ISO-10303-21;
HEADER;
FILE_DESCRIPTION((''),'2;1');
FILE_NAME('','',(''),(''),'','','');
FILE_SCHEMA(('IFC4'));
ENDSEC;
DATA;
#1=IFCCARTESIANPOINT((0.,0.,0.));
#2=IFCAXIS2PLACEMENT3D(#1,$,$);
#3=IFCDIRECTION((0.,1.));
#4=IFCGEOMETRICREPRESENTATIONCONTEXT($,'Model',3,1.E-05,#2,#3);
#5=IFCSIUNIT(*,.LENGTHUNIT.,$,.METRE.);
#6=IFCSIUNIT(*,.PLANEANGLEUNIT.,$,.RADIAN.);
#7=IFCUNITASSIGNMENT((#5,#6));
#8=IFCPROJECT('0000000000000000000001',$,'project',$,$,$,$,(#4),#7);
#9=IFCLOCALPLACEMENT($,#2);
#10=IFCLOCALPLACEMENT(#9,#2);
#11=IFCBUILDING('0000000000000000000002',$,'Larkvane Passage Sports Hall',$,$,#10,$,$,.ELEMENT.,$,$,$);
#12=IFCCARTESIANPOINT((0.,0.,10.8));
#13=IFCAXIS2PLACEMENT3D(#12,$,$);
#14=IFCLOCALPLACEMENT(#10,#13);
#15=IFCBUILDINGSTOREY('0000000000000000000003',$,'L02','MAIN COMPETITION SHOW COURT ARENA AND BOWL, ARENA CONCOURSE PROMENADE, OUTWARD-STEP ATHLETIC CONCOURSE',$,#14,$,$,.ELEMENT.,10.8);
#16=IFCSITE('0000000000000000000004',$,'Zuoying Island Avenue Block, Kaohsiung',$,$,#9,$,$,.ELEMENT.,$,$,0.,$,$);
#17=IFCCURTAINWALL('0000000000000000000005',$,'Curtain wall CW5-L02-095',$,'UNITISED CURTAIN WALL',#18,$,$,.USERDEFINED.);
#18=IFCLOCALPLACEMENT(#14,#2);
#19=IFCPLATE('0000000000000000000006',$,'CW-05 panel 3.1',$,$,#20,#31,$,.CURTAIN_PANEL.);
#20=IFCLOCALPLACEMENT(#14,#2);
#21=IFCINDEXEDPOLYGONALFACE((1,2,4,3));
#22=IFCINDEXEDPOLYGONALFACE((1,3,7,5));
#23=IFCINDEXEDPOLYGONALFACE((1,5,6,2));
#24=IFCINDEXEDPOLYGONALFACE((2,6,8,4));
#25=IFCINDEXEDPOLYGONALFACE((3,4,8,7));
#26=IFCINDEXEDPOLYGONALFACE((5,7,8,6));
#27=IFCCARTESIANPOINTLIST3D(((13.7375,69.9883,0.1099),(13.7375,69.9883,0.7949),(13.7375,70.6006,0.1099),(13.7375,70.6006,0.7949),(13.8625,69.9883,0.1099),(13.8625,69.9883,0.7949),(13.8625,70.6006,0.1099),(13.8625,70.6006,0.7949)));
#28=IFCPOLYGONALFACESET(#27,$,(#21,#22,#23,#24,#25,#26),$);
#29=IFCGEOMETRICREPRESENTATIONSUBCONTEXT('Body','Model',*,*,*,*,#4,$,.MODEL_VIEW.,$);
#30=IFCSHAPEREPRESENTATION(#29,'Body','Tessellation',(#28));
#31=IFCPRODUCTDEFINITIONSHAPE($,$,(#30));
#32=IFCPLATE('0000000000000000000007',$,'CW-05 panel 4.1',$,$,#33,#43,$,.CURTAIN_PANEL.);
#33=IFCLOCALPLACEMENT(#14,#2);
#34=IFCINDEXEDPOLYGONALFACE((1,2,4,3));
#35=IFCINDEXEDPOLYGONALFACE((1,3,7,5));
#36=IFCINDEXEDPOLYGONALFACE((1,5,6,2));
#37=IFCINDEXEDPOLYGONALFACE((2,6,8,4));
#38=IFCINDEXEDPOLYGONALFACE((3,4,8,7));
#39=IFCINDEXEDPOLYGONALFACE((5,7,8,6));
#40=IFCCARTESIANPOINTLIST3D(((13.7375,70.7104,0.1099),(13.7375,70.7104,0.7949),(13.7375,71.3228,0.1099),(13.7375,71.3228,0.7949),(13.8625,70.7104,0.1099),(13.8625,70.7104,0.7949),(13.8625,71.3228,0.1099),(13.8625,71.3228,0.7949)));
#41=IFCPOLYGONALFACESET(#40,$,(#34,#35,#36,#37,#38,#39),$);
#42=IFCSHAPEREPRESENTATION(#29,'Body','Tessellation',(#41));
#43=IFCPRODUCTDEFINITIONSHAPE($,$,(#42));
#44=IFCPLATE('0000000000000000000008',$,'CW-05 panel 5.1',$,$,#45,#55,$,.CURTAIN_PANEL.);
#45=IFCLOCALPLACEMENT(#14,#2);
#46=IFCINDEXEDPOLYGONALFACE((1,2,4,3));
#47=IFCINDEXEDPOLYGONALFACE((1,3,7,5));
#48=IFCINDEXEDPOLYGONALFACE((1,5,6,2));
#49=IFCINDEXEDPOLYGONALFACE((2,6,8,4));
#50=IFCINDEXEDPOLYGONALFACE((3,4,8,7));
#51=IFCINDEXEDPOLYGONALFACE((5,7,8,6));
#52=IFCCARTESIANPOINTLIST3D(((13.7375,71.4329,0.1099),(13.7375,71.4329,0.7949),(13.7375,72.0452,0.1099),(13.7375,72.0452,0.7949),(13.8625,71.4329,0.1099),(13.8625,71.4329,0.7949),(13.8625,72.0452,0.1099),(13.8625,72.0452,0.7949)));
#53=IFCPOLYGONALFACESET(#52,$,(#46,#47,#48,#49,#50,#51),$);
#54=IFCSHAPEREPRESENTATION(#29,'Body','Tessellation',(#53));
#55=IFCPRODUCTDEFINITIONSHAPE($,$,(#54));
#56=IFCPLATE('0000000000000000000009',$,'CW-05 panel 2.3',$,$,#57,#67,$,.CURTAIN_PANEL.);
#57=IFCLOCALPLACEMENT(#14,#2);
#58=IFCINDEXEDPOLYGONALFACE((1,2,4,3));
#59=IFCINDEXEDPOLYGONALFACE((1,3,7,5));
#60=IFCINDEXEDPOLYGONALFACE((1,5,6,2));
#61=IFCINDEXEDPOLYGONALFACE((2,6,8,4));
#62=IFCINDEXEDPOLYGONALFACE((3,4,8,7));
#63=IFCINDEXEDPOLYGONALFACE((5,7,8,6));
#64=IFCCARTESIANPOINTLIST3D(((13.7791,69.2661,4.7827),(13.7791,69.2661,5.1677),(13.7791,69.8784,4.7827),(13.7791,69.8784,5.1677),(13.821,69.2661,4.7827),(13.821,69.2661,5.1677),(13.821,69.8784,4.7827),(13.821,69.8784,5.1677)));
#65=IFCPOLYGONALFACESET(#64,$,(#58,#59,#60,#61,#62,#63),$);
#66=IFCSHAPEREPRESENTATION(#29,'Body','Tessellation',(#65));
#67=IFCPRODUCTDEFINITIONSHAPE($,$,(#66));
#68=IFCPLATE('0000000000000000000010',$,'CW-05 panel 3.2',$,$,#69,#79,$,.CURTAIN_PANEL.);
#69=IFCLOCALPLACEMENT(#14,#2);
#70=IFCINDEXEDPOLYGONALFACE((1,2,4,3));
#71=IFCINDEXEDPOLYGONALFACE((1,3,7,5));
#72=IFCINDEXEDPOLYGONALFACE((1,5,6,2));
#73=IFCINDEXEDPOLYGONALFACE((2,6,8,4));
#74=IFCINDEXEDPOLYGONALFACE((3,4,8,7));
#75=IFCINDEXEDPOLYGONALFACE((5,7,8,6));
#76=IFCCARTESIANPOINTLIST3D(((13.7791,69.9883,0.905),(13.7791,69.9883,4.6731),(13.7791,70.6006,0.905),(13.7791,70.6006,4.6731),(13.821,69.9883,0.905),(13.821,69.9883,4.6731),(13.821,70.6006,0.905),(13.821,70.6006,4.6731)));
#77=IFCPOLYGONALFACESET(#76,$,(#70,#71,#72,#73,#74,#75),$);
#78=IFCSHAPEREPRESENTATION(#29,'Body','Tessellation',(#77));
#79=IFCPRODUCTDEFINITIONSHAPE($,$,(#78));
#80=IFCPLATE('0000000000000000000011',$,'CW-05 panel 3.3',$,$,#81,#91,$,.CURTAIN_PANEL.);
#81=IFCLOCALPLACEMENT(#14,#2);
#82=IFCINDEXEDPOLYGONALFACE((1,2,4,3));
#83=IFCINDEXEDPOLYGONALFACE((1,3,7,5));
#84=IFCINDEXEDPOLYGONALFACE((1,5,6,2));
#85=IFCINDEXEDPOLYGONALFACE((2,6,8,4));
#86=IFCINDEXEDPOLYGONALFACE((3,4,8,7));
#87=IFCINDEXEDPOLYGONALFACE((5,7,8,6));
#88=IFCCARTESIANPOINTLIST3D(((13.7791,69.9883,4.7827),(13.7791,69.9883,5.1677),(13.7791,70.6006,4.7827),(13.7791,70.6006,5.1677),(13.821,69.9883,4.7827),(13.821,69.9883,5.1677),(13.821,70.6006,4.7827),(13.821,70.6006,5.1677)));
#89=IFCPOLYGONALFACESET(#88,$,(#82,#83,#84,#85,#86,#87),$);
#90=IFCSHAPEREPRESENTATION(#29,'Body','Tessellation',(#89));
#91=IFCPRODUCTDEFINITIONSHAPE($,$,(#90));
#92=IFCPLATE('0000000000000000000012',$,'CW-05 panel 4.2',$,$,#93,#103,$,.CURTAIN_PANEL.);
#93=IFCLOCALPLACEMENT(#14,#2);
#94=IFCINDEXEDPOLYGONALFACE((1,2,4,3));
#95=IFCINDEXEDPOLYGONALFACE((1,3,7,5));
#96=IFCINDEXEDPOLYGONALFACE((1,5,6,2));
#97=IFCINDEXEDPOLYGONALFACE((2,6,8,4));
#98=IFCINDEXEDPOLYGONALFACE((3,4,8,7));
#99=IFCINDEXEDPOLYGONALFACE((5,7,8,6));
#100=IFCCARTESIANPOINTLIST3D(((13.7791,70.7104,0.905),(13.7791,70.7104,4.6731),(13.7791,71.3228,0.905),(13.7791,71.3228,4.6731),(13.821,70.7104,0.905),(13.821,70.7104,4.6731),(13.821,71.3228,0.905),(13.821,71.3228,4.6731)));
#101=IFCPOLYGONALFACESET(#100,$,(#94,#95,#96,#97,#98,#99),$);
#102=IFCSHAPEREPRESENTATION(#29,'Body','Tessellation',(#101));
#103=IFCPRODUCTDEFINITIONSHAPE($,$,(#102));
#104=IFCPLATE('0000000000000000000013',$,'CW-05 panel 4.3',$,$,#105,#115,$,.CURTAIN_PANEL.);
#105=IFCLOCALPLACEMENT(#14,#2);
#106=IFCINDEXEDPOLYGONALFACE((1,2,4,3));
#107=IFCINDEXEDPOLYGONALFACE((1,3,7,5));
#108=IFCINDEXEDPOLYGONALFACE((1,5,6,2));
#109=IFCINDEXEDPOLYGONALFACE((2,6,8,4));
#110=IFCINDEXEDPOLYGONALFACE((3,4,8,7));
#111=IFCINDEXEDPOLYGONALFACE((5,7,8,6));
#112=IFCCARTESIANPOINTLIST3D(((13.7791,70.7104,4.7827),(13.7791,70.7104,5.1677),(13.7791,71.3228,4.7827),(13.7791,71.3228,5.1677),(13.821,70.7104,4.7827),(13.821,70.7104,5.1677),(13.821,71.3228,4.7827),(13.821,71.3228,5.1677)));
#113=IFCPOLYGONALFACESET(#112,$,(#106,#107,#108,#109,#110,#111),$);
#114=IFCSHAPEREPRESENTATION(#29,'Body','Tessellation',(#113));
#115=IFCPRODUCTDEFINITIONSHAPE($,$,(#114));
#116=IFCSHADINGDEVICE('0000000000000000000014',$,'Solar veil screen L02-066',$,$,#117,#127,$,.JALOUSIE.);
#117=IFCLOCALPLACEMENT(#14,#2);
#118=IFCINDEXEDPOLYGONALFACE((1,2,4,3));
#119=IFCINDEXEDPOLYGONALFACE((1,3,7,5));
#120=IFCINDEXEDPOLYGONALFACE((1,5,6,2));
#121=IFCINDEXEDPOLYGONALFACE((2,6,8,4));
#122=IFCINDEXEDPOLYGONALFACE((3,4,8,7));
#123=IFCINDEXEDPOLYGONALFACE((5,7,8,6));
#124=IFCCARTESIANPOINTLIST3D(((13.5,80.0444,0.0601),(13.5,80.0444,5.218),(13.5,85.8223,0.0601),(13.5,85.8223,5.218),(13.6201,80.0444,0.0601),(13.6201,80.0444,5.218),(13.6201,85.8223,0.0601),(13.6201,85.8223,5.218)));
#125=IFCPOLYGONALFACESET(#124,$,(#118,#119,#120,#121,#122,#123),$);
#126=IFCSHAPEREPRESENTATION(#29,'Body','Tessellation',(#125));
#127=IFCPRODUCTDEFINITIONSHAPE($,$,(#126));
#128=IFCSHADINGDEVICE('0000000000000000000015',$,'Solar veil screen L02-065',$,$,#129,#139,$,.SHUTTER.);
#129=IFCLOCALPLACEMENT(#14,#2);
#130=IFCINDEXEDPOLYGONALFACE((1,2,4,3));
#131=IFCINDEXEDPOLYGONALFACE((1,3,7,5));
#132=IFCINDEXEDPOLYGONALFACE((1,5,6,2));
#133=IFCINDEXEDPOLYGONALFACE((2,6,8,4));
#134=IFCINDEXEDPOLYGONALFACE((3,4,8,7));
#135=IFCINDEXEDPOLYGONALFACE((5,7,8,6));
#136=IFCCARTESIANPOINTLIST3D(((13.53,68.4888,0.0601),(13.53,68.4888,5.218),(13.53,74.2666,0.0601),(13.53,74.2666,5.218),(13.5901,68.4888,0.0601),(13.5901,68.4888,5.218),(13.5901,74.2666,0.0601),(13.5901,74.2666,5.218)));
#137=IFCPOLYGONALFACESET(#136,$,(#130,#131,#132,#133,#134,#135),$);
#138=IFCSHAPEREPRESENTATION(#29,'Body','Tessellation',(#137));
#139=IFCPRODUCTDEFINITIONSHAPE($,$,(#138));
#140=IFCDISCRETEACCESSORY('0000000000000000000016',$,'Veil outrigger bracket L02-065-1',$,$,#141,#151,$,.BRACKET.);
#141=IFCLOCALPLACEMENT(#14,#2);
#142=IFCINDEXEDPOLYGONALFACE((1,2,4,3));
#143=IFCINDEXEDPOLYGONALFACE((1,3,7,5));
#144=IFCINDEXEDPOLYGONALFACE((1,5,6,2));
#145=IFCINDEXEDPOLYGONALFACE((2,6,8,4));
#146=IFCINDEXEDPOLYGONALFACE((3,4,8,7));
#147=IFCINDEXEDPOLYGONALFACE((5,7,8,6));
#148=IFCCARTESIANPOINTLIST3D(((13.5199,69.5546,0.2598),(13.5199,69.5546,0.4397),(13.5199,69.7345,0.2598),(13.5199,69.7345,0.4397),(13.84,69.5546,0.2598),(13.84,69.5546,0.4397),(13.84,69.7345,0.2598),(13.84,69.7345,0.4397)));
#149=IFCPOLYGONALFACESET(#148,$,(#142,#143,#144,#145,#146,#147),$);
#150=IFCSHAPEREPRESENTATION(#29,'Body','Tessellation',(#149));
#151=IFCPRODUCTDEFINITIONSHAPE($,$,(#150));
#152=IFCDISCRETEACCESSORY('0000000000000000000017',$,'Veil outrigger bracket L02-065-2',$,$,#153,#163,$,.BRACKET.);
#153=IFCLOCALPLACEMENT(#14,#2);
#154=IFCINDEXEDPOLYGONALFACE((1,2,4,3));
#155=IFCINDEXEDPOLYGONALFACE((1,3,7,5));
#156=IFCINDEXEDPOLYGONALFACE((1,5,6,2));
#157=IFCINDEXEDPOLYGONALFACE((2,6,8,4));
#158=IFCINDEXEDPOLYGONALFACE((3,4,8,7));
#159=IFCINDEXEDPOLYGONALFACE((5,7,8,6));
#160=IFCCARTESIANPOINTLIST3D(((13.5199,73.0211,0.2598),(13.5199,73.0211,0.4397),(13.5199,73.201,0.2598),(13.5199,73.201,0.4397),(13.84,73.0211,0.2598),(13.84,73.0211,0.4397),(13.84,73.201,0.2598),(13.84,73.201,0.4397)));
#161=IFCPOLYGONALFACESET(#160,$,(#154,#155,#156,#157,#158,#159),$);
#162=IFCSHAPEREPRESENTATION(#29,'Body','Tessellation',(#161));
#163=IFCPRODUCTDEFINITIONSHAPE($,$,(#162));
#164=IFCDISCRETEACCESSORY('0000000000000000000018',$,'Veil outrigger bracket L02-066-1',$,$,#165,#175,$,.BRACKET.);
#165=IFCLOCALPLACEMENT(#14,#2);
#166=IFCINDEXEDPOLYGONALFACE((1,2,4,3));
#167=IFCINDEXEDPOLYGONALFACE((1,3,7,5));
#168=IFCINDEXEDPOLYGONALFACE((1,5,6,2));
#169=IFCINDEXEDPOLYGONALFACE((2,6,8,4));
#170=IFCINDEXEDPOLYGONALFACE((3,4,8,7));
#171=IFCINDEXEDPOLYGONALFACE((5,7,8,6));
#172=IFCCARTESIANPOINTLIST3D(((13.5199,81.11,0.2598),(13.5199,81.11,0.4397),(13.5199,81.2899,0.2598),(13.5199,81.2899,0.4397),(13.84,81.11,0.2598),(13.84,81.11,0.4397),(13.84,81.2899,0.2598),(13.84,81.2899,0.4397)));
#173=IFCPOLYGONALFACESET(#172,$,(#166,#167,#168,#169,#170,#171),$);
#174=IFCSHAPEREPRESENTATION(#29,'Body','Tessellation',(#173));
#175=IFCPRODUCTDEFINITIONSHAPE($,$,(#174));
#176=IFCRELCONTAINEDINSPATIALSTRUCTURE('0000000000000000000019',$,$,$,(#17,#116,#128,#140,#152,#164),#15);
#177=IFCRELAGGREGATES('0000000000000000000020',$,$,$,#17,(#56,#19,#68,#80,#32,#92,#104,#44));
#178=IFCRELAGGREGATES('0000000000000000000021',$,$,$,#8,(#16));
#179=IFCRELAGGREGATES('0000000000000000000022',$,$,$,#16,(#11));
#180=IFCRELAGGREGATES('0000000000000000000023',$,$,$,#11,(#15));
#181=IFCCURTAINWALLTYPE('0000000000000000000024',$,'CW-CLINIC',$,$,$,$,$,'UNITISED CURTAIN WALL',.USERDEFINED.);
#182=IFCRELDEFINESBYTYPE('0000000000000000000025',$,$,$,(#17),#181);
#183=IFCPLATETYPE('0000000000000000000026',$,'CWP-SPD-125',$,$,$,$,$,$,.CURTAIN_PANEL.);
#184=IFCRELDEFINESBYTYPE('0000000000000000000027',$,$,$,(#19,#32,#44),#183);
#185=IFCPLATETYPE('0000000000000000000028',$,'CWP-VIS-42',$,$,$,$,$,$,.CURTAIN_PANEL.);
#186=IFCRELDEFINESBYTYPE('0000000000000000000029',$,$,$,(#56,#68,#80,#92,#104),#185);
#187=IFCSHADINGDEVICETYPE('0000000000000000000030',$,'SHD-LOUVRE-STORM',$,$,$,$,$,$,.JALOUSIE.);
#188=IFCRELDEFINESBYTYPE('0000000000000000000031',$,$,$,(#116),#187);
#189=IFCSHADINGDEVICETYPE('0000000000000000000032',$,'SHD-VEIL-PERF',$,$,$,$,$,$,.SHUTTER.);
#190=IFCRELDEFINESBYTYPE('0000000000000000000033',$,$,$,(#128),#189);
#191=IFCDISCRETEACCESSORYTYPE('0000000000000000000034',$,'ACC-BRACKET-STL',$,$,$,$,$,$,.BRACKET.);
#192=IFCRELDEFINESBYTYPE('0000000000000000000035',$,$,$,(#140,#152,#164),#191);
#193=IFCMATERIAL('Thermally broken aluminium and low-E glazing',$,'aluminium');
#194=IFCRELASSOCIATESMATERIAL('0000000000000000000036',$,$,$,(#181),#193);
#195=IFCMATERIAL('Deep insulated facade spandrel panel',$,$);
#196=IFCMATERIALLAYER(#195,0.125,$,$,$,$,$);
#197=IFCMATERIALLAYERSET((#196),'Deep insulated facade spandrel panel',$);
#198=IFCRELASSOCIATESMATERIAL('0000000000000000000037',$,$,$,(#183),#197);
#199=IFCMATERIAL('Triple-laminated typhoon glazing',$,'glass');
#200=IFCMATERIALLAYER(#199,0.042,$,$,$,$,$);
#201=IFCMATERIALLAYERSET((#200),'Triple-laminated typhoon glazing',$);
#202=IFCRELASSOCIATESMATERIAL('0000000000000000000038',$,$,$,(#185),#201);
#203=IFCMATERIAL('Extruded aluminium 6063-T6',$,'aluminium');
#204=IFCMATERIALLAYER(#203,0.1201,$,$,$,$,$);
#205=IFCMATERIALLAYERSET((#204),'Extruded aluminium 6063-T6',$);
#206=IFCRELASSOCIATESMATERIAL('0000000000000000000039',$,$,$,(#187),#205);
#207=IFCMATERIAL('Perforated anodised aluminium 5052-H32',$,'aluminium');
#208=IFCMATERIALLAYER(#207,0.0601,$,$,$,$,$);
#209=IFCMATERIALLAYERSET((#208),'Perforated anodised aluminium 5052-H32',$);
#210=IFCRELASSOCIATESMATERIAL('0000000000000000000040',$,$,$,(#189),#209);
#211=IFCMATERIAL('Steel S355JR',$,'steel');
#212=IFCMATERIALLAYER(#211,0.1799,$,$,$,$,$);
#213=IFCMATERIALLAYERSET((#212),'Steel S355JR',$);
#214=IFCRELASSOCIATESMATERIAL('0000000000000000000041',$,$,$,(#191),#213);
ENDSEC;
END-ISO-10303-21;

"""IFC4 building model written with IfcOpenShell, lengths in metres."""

from ifc_helpers import new_model, si_unit, direction, frame, origin, origin_2d, place, context, subcontext, project, spatial, rectangle, extrude, material, layer, layer_set, type_object, element, aggregate, save


model = new_model("IFC4")

# Units and contexts
model_context = context("Model", 3, precision=1e-05, world=origin(), true_north=direction((0.0, 1.0)))
body_context = subcontext(model_context, "Body", "Model", "MODEL_VIEW")
ifc_project = project(units=[si_unit("LENGTHUNIT", "METRE"), si_unit("PLANEANGLEUNIT", "RADIAN")], contexts=[model_context])

# Site, building, storey
site_placement = place(None, origin())
site = spatial("IfcSite", under=ifc_project, at=site_placement, Name="Zuoying Island Avenue Block, Kaohsiung", CompositionType="ELEMENT", RefElevation=0.0)
building_placement = place(site_placement, origin())
building = spatial("IfcBuilding", under=site, at=building_placement, Name="Larkvane Passage Sports Hall", CompositionType="ELEMENT")
storey_placement = place(building_placement, frame((0.0, 0.0, 10.8)))
storey = spatial("IfcBuildingStorey", under=building, at=storey_placement, Name="L02", Description="MAIN COMPETITION SHOW COURT ARENA AND BOWL, ARENA CONCOURSE PROMENADE, OUTWARD-STEP ATHLETIC CONCOURSE", CompositionType="ELEMENT", Elevation=10.8)

# Curtain wall, plates
ifc_material_1 = material(Name="Thermally broken aluminium and low-E glazing", Category="aluminium")
curtain_wall_type = type_object("IfcCurtainWallType", Name="CW-CLINIC", ElementType="UNITISED CURTAIN WALL", PredefinedType="USERDEFINED", material=ifc_material_1)
curtain_wall_placement = place(storey_placement, origin())
curtain_wall = element("IfcCurtainWall", 1, at=curtain_wall_placement, inside=storey, type_object=curtain_wall_type, Name="Curtain wall CW5-L02-095", ObjectType="UNITISED CURTAIN WALL", PredefinedType="USERDEFINED")
ifc_material_2 = material(Name="Deep insulated facade spandrel panel")
ifc_layer_1 = layer(ifc_material_2, 0.125)
ifc_layer_set_1 = layer_set([ifc_layer_1], Name="Deep insulated facade spandrel panel")
plate_type_1 = type_object("IfcPlateType", Name="CWP-SPD-125", PredefinedType="CURTAIN_PANEL", material=ifc_layer_set_1)
plate_1_placement = place(storey_placement, frame((13.8, 70.2944, 0.1099), z_axis=(0.0, 0.0, 1.0), x_axis=(0.0, 1.0, 0.0)))
plate_1 = element("IfcPlate", 2, at=plate_1_placement, type_object=plate_type_1, Name="CW-05 panel 3.1", PredefinedType="CURTAIN_PANEL", context=body_context, shape_type="SweptSolid", body=[
    extrude(rectangle(XDim=0.6123, YDim=0.125, at=origin_2d()), origin(), (0.0, 0.0, 1.0), 0.6851),
])
plate_2_placement = place(storey_placement, frame((13.8, 71.0166, 0.1099), z_axis=(0.0, 0.0, 1.0), x_axis=(0.0, 1.0, 0.0)))
plate_2 = element("IfcPlate", 3, at=plate_2_placement, type_object=plate_type_1, Name="CW-05 panel 4.1", PredefinedType="CURTAIN_PANEL", context=body_context, shape_type="SweptSolid", body=[
    extrude(rectangle(XDim=0.6123, YDim=0.125, at=origin_2d()), origin(), (0.0, 0.0, 1.0), 0.6851),
])
plate_3_placement = place(storey_placement, frame((13.8, 71.739, 0.1099), z_axis=(0.0, 0.0, 1.0), x_axis=(0.0, 1.0, 0.0)))
plate_3 = element("IfcPlate", 4, at=plate_3_placement, type_object=plate_type_1, Name="CW-05 panel 5.1", PredefinedType="CURTAIN_PANEL", context=body_context, shape_type="SweptSolid", body=[
    extrude(rectangle(XDim=0.6123, YDim=0.125, at=origin_2d()), origin(), (0.0, 0.0, 1.0), 0.6851),
])
ifc_material_3 = material(Name="Triple-laminated typhoon glazing", Category="glass")
ifc_layer_2 = layer(ifc_material_3, 0.042)
ifc_layer_set_2 = layer_set([ifc_layer_2], Name="Triple-laminated typhoon glazing")
plate_type_2 = type_object("IfcPlateType", Name="CWP-VIS-42", PredefinedType="CURTAIN_PANEL", material=ifc_layer_set_2)
plate_4_placement = place(storey_placement, frame((13.8, 69.5723, 4.7827), z_axis=(0.0, 0.0, 1.0), x_axis=(0.0, 1.0, 0.0)))
plate_4 = element("IfcPlate", 5, at=plate_4_placement, type_object=plate_type_2, Name="CW-05 panel 2.3", PredefinedType="CURTAIN_PANEL", context=body_context, shape_type="SweptSolid", body=[
    extrude(rectangle(XDim=0.6123, YDim=0.042, at=origin_2d()), origin(), (0.0, 0.0, 1.0), 0.385),
])
plate_5_placement = place(storey_placement, frame((13.8, 70.2944, 0.905), z_axis=(0.0, 0.0, 1.0), x_axis=(0.0, 1.0, 0.0)))
plate_5 = element("IfcPlate", 6, at=plate_5_placement, type_object=plate_type_2, Name="CW-05 panel 3.2", PredefinedType="CURTAIN_PANEL", context=body_context, shape_type="SweptSolid", body=[
    extrude(rectangle(XDim=0.6123, YDim=0.042, at=origin_2d()), origin(), (0.0, 0.0, 1.0), 3.7681),
])
plate_6_placement = place(storey_placement, frame((13.8, 70.2944, 4.7827), z_axis=(0.0, 0.0, 1.0), x_axis=(0.0, 1.0, 0.0)))
plate_6 = element("IfcPlate", 7, at=plate_6_placement, type_object=plate_type_2, Name="CW-05 panel 3.3", PredefinedType="CURTAIN_PANEL", context=body_context, shape_type="SweptSolid", body=[
    extrude(rectangle(XDim=0.6123, YDim=0.042, at=origin_2d()), origin(), (0.0, 0.0, 1.0), 0.385),
])
plate_7_placement = place(storey_placement, frame((13.8, 71.0166, 0.905), z_axis=(0.0, 0.0, 1.0), x_axis=(0.0, 1.0, 0.0)))
plate_7 = element("IfcPlate", 8, at=plate_7_placement, type_object=plate_type_2, Name="CW-05 panel 4.2", PredefinedType="CURTAIN_PANEL", context=body_context, shape_type="SweptSolid", body=[
    extrude(rectangle(XDim=0.6123, YDim=0.042, at=origin_2d()), origin(), (0.0, 0.0, 1.0), 3.7681),
])
plate_8_placement = place(storey_placement, frame((13.8, 71.0166, 4.7827), z_axis=(0.0, 0.0, 1.0), x_axis=(0.0, 1.0, 0.0)))
plate_8 = element("IfcPlate", 9, at=plate_8_placement, type_object=plate_type_2, Name="CW-05 panel 4.3", PredefinedType="CURTAIN_PANEL", context=body_context, shape_type="SweptSolid", body=[
    extrude(rectangle(XDim=0.6123, YDim=0.042, at=origin_2d()), origin(), (0.0, 0.0, 1.0), 0.385),
])
aggregate(curtain_wall, [plate_4, plate_1, plate_5, plate_6, plate_2, plate_7, plate_8, plate_3])

# Shading devices
ifc_material_4 = material(Name="Extruded aluminium 6063-T6", Category="aluminium")
ifc_layer_3 = layer(ifc_material_4, 0.1201)
ifc_layer_set_3 = layer_set([ifc_layer_3], Name="Extruded aluminium 6063-T6")
shading_device_type_1 = type_object("IfcShadingDeviceType", Name="SHD-LOUVRE-STORM", PredefinedType="JALOUSIE", material=ifc_layer_set_3)
shading_device_1_placement = place(storey_placement, frame((13.5601, 82.9333, 0.0601), z_axis=(0.0, 0.0, 1.0), x_axis=(0.0, 1.0, 0.0)))
element("IfcShadingDevice", 10, at=shading_device_1_placement, inside=storey, type_object=shading_device_type_1, Name="Solar veil screen L02-066", PredefinedType="JALOUSIE", context=body_context, shape_type="SweptSolid", body=[
    extrude(rectangle(XDim=5.7778, YDim=0.1201, at=origin_2d()), origin(), (0.0, 0.0, 1.0), 5.158),
])
ifc_material_5 = material(Name="Perforated anodised aluminium 5052-H32", Category="aluminium")
ifc_layer_4 = layer(ifc_material_5, 0.0601)
ifc_layer_set_4 = layer_set([ifc_layer_4], Name="Perforated anodised aluminium 5052-H32")
shading_device_type_2 = type_object("IfcShadingDeviceType", Name="SHD-VEIL-PERF", PredefinedType="SHUTTER", material=ifc_layer_set_4)
shading_device_2_placement = place(storey_placement, frame((13.5601, 71.3777, 0.0601), z_axis=(0.0, 0.0, 1.0), x_axis=(0.0, 1.0, 0.0)))
element("IfcShadingDevice", 11, at=shading_device_2_placement, inside=storey, type_object=shading_device_type_2, Name="Solar veil screen L02-065", PredefinedType="SHUTTER", context=body_context, shape_type="SweptSolid", body=[
    extrude(rectangle(XDim=5.7778, YDim=0.0601, at=origin_2d()), origin(), (0.0, 0.0, 1.0), 5.158),
])

# Discrete accessories
ifc_material_6 = material(Name="Steel S355JR", Category="steel")
ifc_layer_5 = layer(ifc_material_6, 0.1799)
ifc_layer_set_5 = layer_set([ifc_layer_5], Name="Steel S355JR")
discrete_accessory_type = type_object("IfcDiscreteAccessoryType", Name="ACC-BRACKET-STL", PredefinedType="BRACKET", material=ifc_layer_set_5)
for number, where, z_axis, x_axis, name in (
    (12, (13.6799, 69.6445, 0.2598), (0.0, 0.0, 1.0), (0.0, 1.0, 0.0), "Veil outrigger bracket L02-065-1"),
    (13, (13.6799, 73.1111, 0.2598), (0.0, 0.0, 1.0), (0.0, 1.0, 0.0), "Veil outrigger bracket L02-065-2"),
    (14, (13.6799, 81.2, 0.2598), (0.0, 0.0, 1.0), (0.0, 1.0, 0.0), "Veil outrigger bracket L02-066-1"),
):
    element("IfcDiscreteAccessory", number, at=place(storey_placement, frame(where, z_axis=z_axis, x_axis=x_axis)), inside=storey, type_object=discrete_accessory_type, Name=name, PredefinedType="BRACKET", context=body_context, shape_type="SweptSolid", body=[
        extrude(rectangle(XDim=0.1799, YDim=0.3201, at=origin_2d()), origin(), (0.0, 0.0, 1.0), 0.1799),
    ])

save(model, "model.ifc")
